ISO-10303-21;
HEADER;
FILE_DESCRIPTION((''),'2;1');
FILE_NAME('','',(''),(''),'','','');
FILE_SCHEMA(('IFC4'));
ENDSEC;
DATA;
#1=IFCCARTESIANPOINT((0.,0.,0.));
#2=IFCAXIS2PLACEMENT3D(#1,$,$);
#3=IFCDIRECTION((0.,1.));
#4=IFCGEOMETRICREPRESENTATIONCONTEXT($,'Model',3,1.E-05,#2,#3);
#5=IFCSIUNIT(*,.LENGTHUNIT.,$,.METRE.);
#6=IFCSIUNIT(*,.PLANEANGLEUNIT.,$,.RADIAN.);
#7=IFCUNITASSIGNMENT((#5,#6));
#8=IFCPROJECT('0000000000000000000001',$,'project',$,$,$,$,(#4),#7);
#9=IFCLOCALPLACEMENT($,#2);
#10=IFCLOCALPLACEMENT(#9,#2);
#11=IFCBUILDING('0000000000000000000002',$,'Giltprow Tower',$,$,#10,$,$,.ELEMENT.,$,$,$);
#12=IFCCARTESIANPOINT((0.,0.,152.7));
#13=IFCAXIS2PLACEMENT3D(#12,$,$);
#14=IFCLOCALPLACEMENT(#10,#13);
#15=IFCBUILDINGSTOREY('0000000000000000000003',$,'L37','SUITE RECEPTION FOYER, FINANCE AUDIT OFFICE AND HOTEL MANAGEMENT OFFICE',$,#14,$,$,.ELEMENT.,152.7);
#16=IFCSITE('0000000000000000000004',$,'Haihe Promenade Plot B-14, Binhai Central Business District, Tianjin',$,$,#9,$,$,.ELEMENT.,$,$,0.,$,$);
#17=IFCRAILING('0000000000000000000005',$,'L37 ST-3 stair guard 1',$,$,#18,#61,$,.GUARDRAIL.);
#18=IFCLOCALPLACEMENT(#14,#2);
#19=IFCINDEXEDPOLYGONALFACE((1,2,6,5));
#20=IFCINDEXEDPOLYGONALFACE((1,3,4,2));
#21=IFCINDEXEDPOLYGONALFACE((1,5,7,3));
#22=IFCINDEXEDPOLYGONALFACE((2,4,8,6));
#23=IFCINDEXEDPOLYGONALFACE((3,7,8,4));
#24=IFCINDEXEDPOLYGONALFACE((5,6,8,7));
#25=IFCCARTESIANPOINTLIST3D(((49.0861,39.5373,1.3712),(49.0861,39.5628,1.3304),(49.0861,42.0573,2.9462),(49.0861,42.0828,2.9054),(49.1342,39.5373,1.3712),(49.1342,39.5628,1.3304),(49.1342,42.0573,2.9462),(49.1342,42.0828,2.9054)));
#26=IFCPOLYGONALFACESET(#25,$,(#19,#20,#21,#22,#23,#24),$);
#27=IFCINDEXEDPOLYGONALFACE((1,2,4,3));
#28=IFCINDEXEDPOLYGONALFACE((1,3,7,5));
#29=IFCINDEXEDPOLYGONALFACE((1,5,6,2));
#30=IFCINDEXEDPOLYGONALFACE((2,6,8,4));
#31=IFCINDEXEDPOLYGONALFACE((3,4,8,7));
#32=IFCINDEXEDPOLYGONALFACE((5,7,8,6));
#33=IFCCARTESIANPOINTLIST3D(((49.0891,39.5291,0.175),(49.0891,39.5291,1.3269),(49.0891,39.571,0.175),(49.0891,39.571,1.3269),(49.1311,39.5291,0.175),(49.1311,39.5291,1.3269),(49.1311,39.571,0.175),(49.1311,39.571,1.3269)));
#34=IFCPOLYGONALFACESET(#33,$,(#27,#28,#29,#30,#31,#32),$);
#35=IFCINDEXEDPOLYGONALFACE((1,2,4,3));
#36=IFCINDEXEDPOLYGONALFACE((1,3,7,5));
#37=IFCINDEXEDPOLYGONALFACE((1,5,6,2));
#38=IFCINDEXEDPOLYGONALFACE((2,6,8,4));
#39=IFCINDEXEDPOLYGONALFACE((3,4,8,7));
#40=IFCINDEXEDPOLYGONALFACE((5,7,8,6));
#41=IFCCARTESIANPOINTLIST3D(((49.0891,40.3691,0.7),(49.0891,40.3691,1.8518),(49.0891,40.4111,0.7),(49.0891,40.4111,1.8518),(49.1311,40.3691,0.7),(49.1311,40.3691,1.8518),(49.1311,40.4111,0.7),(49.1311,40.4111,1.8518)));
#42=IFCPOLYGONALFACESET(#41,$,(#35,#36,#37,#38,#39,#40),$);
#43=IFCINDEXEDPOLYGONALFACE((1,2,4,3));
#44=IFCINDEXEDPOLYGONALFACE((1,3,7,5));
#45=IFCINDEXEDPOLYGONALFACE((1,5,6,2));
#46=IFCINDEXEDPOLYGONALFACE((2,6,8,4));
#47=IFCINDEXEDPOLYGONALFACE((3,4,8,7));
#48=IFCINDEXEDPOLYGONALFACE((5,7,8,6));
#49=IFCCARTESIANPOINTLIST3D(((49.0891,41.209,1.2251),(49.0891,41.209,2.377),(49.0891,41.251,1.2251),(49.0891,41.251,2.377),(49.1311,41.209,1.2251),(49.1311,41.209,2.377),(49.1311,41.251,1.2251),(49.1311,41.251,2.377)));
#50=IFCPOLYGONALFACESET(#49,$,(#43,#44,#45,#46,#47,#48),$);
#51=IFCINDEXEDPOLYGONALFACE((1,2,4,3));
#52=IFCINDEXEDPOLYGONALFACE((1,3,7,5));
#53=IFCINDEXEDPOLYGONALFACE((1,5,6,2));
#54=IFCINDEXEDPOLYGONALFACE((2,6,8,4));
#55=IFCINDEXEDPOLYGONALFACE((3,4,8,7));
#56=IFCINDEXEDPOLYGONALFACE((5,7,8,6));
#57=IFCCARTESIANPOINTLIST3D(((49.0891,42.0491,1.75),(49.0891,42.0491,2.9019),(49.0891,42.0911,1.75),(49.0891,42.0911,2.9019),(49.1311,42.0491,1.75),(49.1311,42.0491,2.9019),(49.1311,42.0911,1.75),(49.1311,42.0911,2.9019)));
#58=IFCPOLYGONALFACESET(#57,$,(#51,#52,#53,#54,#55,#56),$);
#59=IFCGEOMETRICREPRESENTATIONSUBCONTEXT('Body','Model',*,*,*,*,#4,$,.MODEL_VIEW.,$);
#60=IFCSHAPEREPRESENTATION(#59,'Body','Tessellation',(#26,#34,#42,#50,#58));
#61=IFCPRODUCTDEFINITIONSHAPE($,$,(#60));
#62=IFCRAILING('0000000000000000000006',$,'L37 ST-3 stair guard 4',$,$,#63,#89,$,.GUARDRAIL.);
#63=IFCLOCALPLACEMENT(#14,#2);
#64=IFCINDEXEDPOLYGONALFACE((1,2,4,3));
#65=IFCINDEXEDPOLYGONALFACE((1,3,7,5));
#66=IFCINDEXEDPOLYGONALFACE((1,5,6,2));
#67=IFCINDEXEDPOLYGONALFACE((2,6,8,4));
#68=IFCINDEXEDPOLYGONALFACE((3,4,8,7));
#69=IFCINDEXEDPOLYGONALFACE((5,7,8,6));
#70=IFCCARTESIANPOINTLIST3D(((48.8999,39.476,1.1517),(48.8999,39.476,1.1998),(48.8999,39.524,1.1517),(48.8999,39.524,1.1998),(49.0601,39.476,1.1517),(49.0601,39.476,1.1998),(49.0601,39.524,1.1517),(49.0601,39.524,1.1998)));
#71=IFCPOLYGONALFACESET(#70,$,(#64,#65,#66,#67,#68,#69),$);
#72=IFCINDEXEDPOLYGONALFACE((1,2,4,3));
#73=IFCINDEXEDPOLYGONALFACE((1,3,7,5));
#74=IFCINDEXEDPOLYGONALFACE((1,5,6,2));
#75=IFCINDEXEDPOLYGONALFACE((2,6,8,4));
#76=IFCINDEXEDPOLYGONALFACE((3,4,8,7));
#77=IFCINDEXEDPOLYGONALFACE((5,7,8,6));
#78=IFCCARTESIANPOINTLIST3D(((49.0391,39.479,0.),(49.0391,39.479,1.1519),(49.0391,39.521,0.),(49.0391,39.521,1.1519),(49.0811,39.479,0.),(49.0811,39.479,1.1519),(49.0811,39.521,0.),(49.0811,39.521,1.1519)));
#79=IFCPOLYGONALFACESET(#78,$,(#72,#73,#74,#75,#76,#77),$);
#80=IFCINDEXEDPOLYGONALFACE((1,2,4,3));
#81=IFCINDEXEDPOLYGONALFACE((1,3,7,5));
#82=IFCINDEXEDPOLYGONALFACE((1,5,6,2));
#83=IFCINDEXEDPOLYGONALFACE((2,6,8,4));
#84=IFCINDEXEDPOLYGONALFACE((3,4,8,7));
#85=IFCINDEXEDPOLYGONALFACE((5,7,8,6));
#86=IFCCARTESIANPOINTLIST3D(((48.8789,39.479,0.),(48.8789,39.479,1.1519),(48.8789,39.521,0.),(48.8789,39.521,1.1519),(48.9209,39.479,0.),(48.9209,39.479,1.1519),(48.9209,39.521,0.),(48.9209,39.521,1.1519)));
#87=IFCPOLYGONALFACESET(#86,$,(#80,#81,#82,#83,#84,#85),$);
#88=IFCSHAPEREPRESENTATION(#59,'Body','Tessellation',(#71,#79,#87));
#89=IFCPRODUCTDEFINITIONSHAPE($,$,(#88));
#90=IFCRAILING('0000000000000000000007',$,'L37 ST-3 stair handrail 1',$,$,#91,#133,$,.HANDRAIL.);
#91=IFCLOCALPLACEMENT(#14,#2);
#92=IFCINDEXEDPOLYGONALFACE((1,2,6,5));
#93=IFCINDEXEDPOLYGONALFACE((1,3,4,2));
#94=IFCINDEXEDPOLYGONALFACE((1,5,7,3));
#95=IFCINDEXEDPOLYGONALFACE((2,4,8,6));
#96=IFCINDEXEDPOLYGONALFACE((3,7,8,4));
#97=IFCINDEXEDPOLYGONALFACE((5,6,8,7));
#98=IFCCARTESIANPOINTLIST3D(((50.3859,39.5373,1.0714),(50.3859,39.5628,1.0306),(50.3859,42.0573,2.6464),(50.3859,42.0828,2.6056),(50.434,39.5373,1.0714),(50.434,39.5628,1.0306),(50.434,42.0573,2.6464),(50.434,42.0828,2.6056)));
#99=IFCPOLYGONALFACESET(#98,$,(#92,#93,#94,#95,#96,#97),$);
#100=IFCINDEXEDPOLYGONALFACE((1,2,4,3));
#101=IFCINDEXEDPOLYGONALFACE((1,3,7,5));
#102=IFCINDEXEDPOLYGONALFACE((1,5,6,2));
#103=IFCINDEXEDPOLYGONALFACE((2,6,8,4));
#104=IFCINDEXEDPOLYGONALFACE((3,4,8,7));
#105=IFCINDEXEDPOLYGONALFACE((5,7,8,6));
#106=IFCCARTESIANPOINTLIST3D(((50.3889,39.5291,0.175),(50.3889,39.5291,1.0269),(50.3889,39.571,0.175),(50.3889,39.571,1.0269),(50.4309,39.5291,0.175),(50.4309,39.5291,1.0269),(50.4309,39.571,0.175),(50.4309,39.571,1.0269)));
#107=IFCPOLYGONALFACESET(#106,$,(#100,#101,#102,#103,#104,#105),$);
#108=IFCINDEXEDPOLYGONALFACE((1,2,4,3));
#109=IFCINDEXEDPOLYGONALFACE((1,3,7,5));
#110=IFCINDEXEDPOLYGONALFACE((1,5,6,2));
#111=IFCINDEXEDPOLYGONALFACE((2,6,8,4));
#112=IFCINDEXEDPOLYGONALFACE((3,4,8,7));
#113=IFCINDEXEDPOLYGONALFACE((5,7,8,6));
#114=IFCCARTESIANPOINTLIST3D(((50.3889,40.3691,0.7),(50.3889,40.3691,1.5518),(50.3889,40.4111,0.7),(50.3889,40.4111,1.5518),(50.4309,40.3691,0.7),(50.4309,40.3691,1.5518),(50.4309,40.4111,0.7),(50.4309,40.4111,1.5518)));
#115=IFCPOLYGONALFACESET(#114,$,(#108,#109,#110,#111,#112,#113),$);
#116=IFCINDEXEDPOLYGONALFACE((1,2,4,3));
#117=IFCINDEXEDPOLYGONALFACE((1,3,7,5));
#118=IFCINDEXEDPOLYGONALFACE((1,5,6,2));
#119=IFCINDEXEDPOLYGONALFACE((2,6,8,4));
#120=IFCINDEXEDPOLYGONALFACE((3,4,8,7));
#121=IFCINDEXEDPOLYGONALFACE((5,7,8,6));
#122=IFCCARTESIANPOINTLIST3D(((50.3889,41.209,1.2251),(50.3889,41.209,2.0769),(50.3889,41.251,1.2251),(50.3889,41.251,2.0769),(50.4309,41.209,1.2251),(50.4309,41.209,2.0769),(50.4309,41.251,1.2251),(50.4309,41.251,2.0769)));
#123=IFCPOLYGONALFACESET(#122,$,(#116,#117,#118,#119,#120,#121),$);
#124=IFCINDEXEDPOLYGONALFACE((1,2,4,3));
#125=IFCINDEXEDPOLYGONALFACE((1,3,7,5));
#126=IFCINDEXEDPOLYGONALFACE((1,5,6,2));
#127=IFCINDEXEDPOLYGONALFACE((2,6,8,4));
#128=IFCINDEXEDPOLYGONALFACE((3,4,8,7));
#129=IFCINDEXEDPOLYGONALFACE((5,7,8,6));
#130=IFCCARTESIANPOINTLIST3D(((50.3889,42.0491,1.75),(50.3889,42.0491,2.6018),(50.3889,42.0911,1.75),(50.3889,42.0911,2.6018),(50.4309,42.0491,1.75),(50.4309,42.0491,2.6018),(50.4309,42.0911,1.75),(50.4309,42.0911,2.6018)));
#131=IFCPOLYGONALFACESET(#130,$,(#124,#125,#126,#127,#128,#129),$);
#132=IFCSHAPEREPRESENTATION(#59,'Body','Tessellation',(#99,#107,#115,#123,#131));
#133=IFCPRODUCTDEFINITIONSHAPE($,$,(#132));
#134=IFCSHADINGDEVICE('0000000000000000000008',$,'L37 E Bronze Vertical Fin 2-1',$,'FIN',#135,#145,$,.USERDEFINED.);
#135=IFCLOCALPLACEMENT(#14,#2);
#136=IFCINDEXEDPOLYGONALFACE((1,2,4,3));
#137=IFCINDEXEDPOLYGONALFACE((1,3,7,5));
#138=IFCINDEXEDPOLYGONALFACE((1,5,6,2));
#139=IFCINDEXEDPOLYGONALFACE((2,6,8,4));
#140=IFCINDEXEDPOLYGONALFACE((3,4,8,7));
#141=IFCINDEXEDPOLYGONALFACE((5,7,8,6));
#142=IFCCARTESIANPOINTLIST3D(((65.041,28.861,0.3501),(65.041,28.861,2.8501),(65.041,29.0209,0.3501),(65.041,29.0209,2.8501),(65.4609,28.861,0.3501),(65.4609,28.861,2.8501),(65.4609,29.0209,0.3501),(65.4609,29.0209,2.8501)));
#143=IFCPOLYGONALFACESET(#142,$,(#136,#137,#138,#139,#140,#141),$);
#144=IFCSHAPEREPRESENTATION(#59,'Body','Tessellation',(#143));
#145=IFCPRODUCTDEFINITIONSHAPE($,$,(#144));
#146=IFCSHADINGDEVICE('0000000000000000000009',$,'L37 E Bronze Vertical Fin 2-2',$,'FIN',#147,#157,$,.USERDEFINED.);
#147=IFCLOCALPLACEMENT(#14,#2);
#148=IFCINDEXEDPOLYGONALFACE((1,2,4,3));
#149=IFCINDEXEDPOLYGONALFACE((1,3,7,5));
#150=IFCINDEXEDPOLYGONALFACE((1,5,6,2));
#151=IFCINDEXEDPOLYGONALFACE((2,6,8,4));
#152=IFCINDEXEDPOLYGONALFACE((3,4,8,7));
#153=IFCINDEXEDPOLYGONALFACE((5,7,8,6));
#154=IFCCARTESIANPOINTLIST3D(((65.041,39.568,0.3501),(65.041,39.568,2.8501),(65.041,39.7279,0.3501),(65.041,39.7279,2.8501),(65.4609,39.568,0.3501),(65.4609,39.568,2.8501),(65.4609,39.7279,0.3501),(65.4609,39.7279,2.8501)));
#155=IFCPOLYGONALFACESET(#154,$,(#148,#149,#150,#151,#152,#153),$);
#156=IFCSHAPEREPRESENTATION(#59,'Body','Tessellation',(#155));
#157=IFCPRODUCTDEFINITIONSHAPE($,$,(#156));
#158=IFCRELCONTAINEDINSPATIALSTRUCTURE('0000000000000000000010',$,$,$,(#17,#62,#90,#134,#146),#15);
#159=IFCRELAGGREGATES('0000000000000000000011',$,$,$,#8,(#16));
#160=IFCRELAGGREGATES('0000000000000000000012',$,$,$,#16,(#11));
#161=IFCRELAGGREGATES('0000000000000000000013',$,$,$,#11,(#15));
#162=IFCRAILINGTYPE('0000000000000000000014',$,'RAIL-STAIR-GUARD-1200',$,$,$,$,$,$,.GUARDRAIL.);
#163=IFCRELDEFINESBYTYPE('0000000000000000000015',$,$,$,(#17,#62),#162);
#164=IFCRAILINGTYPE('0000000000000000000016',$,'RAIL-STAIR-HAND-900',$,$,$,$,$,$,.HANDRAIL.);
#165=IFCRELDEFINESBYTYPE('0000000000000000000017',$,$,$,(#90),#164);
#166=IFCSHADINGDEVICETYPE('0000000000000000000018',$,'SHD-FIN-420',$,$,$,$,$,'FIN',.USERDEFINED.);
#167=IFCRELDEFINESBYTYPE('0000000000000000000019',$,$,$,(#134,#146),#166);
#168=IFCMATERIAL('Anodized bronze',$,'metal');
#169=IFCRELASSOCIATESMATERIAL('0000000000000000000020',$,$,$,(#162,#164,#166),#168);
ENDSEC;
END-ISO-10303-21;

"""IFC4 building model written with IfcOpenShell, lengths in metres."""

from ifc_helpers import new_model, si_unit, direction, frame, origin, origin_2d, place, context, subcontext, project, spatial, rectangle, extrude, source, transform, mapped, material, type_object, element, save


model = new_model("IFC4")

# Units and contexts
model_context = context("Model", 3, precision=1e-05, world=origin(), true_north=direction((0.0, 1.0)))
body_context = subcontext(model_context, "Body", "Model", "MODEL_VIEW")
ifc_project = project(units=[si_unit("LENGTHUNIT", "METRE"), si_unit("PLANEANGLEUNIT", "RADIAN")], contexts=[model_context])

# Site, building, storey
site_placement = place(None, origin())
site = spatial("IfcSite", under=ifc_project, at=site_placement, Name="Haihe Promenade Plot B-14, Binhai Central Business District, Tianjin", CompositionType="ELEMENT", RefElevation=0.0)
building_placement = place(site_placement, origin())
building = spatial("IfcBuilding", under=site, at=building_placement, Name="Giltprow Tower", CompositionType="ELEMENT")
storey_placement = place(building_placement, frame((0.0, 0.0, 152.7)))
storey = spatial("IfcBuildingStorey", under=building, at=storey_placement, Name="L37", Description="SUITE RECEPTION FOYER, FINANCE AUDIT OFFICE AND HOTEL MANAGEMENT OFFICE", CompositionType="ELEMENT", Elevation=152.7)

# Railings
ifc_material_1 = material(Name="Anodized bronze", Category="metal")
railing_type_1 = type_object("IfcRailingType", Name="RAIL-STAIR-GUARD-1200", PredefinedType="GUARDRAIL", material=ifc_material_1)
railing_1_placement = place(storey_placement, frame((49.1101, 39.55, 0.175)))
element("IfcRailing", 1, at=railing_1_placement, inside=storey, type_object=railing_type_1, Name="L37 ST-3 stair guard 1", PredefinedType="GUARDRAIL", context=body_context, shape_type="SweptSolid", body=[
    extrude(rectangle(XDim=0.0481, YDim=0.0481, at=origin_2d()), frame((0.0, 0.0, 1.1758), z_axis=(0.0, 0.848008, 0.529984), x_axis=(-1.0, 0.0, 0.0)), (0.0, 0.0, 1.0), 2.9717),
    extrude(rectangle(XDim=0.042, YDim=0.042, at=origin_2d()), origin(), (0.0, 0.0, 1.0), 1.1519),
    extrude(rectangle(XDim=0.042, YDim=0.042, at=origin_2d()), frame((0.0, 0.8401, 0.5249)), (0.0, 0.0, 1.0), 1.1519),
    extrude(rectangle(XDim=0.042, YDim=0.042, at=origin_2d()), frame((0.0, 1.6799, 1.05)), (0.0, 0.0, 1.0), 1.1519),
    extrude(rectangle(XDim=0.042, YDim=0.042, at=origin_2d()), frame((0.0, 2.52, 1.575)), (0.0, 0.0, 1.0), 1.1519),
])
railing_2_placement = place(storey_placement, frame((49.0601, 39.5, 0.0)))
element("IfcRailing", 2, at=railing_2_placement, inside=storey, type_object=railing_type_1, Name="L37 ST-3 stair guard 4", PredefinedType="GUARDRAIL", context=body_context, shape_type="SweptSolid", body=[
    extrude(rectangle(XDim=0.0481, YDim=0.0481, at=origin_2d()), frame((0.0, 0.0, 1.1758), z_axis=(-1.0, 0.0, 0.0), x_axis=(0.0, -1.0, 0.0)), (0.0, 0.0, 1.0), 0.1602),
    extrude(rectangle(XDim=0.042, YDim=0.042, at=origin_2d()), origin(), (0.0, 0.0, 1.0), 1.1519),
    extrude(rectangle(XDim=0.042, YDim=0.042, at=origin_2d()), frame((-0.1602, 0.0, 0.0)), (0.0, 0.0, 1.0), 1.1519),
])
railing_type_2 = type_object("IfcRailingType", Name="RAIL-STAIR-HAND-900", PredefinedType="HANDRAIL", material=ifc_material_1)
railing_3_placement = place(storey_placement, frame((50.4099, 39.55, 0.175)))
element("IfcRailing", 3, at=railing_3_placement, inside=storey, type_object=railing_type_2, Name="L37 ST-3 stair handrail 1", PredefinedType="HANDRAIL", context=body_context, shape_type="SweptSolid", body=[
    extrude(rectangle(XDim=0.0481, YDim=0.0481, at=origin_2d()), frame((0.0, 0.0, 0.876), z_axis=(0.0, 0.848008, 0.529984), x_axis=(-1.0, 0.0, 0.0)), (0.0, 0.0, 1.0), 2.9717),
    extrude(rectangle(XDim=0.042, YDim=0.042, at=origin_2d()), origin(), (0.0, 0.0, 1.0), 0.8518),
    extrude(rectangle(XDim=0.042, YDim=0.042, at=origin_2d()), frame((0.0, 0.8401, 0.5249)), (0.0, 0.0, 1.0), 0.8518),
    extrude(rectangle(XDim=0.042, YDim=0.042, at=origin_2d()), frame((0.0, 1.6799, 1.05)), (0.0, 0.0, 1.0), 0.8518),
    extrude(rectangle(XDim=0.042, YDim=0.042, at=origin_2d()), frame((0.0, 2.52, 1.575)), (0.0, 0.0, 1.0), 0.8518),
])

# Shading devices
shading_device_type = type_object("IfcShadingDeviceType", Name="SHD-FIN-420", ElementType="FIN", PredefinedType="USERDEFINED", material=ifc_material_1)
shared_shape_1 = source(origin(), body_context, "Body", "SweptSolid", [
    extrude(rectangle(XDim=0.4199, YDim=0.1599, at=origin_2d()), origin(), (0.0, 0.0, 1.0), 2.5),
])
for number, where, z_axis, x_axis, name in (
    (4, (65.251, 28.9409, 0.3501), (0.0, 0.0, 1.0), (1.0, 0.0, 0.0), "L37 E Bronze Vertical Fin 2-1"),
    (5, (65.251, 39.6479, 0.3501), (0.0, 0.0, 1.0), (1.0, 0.0, 0.0), "L37 E Bronze Vertical Fin 2-2"),
):
    element("IfcShadingDevice", number, at=place(storey_placement, frame(where, z_axis=z_axis, x_axis=x_axis)), inside=storey, type_object=shading_device_type, Name=name, ObjectType="FIN", PredefinedType="USERDEFINED", context=body_context, shape_type="MappedRepresentation", body=[
        mapped(shared_shape_1, transform((0.0, 0.0, 0.0), x_axis=(1.0, 0.0, 0.0), y_axis=(0.0, 1.0, 0.0), z_axis=(0.0, 0.0, 1.0), scale=1.0)),
    ])

save(model, "model.ifc")
